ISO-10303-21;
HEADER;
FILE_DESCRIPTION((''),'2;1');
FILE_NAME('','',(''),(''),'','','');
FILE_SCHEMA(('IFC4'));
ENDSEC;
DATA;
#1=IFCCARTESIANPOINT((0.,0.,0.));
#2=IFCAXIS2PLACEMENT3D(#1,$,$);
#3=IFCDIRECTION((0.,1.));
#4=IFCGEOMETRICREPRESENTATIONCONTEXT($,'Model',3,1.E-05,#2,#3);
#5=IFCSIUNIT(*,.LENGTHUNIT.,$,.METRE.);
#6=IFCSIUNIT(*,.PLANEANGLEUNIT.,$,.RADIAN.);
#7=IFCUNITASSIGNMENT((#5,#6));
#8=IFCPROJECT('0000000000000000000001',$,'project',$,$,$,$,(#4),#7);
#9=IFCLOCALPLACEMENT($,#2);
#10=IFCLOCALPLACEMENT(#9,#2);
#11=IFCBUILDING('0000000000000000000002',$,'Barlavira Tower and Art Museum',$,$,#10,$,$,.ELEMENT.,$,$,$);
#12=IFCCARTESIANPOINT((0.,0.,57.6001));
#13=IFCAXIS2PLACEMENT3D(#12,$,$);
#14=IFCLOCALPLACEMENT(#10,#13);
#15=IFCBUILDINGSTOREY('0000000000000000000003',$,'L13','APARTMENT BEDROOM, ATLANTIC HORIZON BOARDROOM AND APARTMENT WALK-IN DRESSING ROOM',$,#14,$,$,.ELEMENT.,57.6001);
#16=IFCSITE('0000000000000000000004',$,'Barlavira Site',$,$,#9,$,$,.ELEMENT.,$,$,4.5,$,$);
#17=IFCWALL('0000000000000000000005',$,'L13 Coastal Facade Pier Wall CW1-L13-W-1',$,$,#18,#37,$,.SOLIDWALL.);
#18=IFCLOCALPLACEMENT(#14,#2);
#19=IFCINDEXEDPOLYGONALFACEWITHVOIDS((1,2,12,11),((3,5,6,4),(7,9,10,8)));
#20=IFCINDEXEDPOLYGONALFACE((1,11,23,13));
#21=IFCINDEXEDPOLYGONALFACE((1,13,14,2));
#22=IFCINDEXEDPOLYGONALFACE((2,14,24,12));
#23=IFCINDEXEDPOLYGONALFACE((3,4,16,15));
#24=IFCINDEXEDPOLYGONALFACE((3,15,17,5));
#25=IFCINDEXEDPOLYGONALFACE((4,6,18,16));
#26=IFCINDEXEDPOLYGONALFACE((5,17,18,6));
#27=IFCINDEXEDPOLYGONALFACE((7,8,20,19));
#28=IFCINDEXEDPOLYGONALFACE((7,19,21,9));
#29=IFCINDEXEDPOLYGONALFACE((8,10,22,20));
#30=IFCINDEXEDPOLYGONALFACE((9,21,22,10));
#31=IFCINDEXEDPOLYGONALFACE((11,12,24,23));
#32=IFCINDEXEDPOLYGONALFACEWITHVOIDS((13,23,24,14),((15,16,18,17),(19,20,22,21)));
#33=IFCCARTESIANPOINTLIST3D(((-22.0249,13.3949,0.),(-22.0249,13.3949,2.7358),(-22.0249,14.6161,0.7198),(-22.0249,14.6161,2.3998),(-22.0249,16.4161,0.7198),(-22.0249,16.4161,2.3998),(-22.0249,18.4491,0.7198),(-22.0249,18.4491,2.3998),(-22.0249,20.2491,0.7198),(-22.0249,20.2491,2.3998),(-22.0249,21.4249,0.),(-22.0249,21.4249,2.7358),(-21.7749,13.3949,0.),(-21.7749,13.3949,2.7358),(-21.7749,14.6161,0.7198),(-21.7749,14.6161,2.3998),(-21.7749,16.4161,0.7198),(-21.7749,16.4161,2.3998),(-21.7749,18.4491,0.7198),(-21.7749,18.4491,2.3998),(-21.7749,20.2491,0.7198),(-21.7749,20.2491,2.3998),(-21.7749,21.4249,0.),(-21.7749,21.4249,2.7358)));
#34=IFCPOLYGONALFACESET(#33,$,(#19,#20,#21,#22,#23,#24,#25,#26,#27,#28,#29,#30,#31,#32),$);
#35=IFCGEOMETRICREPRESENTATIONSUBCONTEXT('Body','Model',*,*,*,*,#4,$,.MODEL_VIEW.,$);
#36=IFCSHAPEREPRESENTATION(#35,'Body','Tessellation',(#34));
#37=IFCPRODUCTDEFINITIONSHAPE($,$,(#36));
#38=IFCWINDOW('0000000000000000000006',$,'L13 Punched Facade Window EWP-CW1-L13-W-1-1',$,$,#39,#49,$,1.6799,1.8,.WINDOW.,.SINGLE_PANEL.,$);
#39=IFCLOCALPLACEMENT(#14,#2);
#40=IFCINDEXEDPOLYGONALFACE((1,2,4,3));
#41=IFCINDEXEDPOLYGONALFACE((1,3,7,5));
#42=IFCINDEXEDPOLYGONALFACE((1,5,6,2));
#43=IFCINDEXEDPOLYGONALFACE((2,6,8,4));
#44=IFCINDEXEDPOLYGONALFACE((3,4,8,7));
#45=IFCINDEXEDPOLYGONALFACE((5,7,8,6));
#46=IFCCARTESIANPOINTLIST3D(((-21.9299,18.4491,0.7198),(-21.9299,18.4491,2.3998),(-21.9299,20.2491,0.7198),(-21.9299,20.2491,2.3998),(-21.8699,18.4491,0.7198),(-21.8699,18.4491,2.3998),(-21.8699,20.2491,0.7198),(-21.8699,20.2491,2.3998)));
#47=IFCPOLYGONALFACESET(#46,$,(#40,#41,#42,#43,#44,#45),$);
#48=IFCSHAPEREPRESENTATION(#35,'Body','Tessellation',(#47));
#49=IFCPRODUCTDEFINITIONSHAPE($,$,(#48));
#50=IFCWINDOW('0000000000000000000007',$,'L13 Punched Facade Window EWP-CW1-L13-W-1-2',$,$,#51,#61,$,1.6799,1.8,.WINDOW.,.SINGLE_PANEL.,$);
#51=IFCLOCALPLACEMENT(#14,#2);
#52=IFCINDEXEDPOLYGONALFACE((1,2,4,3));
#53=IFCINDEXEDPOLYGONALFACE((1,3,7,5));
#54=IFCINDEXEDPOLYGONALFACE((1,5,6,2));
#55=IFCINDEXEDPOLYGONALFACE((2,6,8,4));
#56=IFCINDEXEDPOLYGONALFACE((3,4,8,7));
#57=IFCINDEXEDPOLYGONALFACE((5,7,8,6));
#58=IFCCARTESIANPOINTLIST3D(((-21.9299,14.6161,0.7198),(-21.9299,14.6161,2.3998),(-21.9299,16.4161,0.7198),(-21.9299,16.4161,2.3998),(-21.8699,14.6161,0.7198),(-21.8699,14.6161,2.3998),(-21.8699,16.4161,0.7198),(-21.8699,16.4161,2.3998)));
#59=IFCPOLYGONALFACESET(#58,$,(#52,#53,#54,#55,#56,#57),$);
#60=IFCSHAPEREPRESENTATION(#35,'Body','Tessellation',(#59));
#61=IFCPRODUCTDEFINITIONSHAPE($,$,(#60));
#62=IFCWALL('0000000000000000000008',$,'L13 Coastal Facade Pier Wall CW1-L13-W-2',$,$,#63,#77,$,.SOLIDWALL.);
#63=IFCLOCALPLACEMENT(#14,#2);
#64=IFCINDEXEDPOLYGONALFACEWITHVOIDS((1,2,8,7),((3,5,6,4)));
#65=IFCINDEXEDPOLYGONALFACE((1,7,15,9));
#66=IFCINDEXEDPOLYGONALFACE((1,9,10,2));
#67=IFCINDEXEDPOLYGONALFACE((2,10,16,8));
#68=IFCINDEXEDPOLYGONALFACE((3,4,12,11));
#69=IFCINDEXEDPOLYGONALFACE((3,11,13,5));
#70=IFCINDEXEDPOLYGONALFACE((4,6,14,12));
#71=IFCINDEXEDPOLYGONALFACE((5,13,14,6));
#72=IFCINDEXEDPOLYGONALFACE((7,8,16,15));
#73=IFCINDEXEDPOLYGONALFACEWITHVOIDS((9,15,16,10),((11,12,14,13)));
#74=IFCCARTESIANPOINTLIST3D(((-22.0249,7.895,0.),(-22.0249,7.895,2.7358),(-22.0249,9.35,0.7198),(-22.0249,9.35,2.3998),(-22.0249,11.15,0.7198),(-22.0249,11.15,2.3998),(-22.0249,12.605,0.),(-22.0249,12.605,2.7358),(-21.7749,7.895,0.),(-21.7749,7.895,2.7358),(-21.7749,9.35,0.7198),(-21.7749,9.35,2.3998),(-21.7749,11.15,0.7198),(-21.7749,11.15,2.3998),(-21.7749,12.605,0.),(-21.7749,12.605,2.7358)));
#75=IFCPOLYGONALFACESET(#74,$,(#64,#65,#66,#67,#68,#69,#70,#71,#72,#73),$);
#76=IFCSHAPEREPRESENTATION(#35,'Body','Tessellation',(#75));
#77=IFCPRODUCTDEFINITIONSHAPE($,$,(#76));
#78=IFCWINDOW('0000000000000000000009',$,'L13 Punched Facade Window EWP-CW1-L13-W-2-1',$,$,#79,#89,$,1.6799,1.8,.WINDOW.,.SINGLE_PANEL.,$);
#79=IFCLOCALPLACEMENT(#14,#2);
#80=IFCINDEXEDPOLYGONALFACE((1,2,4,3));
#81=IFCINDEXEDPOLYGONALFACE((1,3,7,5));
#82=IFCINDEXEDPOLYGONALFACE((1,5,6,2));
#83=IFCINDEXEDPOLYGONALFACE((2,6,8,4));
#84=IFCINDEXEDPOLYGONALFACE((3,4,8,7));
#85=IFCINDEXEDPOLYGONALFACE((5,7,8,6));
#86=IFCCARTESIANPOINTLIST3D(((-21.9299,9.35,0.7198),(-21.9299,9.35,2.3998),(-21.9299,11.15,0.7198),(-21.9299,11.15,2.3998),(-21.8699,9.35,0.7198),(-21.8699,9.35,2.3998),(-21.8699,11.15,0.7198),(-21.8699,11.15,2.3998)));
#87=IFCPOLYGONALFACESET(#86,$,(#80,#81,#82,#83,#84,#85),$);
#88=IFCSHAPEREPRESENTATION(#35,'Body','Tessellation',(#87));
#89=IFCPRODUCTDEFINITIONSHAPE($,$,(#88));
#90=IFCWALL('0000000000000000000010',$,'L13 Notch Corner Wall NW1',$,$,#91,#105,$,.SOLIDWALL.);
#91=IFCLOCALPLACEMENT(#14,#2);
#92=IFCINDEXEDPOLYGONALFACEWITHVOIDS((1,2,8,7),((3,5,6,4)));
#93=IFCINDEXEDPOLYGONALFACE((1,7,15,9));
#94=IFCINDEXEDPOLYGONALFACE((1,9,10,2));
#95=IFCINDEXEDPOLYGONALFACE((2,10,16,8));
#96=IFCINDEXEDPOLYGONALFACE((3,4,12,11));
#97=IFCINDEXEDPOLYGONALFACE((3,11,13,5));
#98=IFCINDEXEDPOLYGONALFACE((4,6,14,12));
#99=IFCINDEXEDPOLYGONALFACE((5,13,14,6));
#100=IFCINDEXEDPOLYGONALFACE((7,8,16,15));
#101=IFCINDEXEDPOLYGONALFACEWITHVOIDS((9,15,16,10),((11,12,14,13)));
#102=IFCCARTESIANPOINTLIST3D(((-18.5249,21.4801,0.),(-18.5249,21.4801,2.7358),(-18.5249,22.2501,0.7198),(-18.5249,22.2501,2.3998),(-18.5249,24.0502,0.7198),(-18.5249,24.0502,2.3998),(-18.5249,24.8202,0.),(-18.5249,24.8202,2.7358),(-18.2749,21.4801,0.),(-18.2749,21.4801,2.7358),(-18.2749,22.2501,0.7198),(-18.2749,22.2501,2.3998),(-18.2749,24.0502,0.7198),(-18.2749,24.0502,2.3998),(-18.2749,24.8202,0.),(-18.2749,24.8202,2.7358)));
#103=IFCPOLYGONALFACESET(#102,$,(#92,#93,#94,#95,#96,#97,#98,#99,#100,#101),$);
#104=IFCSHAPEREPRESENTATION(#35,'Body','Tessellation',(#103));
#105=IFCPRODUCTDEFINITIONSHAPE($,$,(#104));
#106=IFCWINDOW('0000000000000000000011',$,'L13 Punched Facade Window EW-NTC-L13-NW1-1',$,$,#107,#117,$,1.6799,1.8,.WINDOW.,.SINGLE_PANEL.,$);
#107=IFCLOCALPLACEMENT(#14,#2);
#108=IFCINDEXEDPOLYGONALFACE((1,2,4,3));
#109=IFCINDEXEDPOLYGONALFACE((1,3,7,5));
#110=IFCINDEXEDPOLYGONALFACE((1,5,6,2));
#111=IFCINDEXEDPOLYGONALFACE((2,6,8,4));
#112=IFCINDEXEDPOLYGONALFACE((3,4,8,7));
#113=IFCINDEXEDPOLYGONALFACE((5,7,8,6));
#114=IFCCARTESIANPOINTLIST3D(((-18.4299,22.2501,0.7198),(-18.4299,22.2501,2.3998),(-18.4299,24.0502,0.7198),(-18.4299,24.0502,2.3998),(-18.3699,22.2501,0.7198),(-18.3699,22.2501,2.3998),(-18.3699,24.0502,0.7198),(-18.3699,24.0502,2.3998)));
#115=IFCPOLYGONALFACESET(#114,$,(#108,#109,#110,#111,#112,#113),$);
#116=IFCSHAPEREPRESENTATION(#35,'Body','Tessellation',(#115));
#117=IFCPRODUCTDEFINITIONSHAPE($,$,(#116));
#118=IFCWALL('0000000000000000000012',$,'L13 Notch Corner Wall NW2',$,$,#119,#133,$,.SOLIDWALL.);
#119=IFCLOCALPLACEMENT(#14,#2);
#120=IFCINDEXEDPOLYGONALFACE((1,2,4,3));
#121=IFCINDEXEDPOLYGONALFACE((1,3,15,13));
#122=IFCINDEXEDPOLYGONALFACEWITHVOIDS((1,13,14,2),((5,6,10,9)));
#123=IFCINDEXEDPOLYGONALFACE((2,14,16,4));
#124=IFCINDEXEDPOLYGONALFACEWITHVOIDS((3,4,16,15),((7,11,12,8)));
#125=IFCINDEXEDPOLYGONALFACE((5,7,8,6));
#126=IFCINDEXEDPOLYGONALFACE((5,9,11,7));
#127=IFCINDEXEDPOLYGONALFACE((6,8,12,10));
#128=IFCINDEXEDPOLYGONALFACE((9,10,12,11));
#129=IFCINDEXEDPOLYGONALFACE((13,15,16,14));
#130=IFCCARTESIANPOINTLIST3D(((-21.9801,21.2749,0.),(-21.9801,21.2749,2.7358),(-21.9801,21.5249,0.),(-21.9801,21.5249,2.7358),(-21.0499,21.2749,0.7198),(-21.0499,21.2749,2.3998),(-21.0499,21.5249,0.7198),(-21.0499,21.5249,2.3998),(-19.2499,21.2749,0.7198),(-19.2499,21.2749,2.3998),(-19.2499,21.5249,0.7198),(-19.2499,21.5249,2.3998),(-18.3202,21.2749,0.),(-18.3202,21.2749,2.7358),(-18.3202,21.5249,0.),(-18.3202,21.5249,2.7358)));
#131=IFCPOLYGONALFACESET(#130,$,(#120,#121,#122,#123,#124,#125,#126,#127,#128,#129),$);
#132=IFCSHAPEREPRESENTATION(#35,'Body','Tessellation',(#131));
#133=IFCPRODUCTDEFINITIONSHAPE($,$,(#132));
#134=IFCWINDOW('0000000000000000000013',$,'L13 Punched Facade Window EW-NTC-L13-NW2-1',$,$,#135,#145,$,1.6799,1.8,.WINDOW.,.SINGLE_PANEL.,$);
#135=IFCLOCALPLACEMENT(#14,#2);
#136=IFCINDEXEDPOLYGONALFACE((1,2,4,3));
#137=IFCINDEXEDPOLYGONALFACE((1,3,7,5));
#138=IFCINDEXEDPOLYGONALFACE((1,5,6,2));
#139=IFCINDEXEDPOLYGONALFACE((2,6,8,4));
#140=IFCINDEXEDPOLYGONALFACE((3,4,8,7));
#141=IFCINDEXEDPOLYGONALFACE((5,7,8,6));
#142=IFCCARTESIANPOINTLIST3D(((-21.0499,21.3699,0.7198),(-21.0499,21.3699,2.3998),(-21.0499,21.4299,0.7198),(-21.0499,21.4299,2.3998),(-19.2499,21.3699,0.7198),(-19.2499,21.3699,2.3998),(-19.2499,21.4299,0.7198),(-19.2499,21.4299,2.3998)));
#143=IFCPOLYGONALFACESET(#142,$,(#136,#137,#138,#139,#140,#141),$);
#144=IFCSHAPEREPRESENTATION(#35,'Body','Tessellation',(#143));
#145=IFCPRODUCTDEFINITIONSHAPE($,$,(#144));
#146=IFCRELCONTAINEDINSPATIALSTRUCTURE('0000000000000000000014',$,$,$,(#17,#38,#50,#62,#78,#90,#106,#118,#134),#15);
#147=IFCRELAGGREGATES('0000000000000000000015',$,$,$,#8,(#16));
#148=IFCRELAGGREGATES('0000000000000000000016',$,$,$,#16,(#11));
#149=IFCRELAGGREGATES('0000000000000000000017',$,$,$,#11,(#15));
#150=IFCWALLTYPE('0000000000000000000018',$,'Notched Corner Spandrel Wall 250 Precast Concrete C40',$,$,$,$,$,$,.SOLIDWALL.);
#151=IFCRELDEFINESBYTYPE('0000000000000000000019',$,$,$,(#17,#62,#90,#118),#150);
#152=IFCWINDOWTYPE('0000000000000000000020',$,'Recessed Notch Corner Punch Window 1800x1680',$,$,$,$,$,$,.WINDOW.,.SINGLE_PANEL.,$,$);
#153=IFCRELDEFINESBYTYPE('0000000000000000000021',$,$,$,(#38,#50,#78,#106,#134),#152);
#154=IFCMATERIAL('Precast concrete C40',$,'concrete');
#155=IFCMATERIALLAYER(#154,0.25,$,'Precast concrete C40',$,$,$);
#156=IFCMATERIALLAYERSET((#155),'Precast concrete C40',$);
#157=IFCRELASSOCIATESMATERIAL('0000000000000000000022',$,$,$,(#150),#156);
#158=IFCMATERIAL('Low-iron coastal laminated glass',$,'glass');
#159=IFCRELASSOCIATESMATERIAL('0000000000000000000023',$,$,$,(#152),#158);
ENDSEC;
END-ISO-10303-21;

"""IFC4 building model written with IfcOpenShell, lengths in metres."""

from ifc_helpers import new_model, si_unit, direction, frame, frame_2d, origin, place, context, subcontext, project, spatial, rectangle, extrude, material, layer, layer_set, type_object, element, fill, save


model = new_model("IFC4")

# Units and contexts
model_context = context("Model", 3, precision=1e-05, world=origin(), true_north=direction((0.0, 1.0)))
body_context = subcontext(model_context, "Body", "Model", "MODEL_VIEW")
ifc_project = project(units=[si_unit("LENGTHUNIT", "METRE"), si_unit("PLANEANGLEUNIT", "RADIAN")], contexts=[model_context])

# Site, building, storey
site_placement = place(None, origin())
site = spatial("IfcSite", under=ifc_project, at=site_placement, Name="Barlavira Site", CompositionType="ELEMENT", RefElevation=4.5)
building_placement = place(site_placement, origin())
building = spatial("IfcBuilding", under=site, at=building_placement, Name="Barlavira Tower and Art Museum", CompositionType="ELEMENT")
storey_placement = place(building_placement, frame((0.0, 0.0, 57.6001)))
storey = spatial("IfcBuildingStorey", under=building, at=storey_placement, Name="L13", Description="APARTMENT BEDROOM, ATLANTIC HORIZON BOARDROOM AND APARTMENT WALK-IN DRESSING ROOM", CompositionType="ELEMENT", Elevation=57.6001)

# Wall, openings, windows
ifc_material_1 = material(Name="Precast concrete C40", Category="concrete")
ifc_layer_1 = layer(ifc_material_1, 0.25, Name="Precast concrete C40")
ifc_layer_set_1 = layer_set([ifc_layer_1], Name="Precast concrete C40")
wall_type_1 = type_object("IfcWallType", Name="Notched Corner Spandrel Wall 250 Precast Concrete C40", PredefinedType="SOLIDWALL", material=ifc_layer_set_1)
ifc_material_2 = material(Name="Low-iron coastal laminated glass", Category="glass")
window_type_1 = type_object("IfcWindowType", Name="Recessed Notch Corner Punch Window 1800x1680", PartitioningType="SINGLE_PANEL", PredefinedType="WINDOW", material=ifc_material_2)
wall_1_placement = place(storey_placement, frame((-21.8999, 21.425, 0.0), z_axis=(0.0, 0.0, 1.0), x_axis=(0.0, -1.0, 0.0)))
wall_1 = element("IfcWall", 1, at=wall_1_placement, inside=storey, type_object=wall_type_1, Name="L13 Coastal Facade Pier Wall CW1-L13-W-1", PredefinedType="SOLIDWALL", context=body_context, shape_type="SweptSolid", body=[
    extrude(rectangle(XDim=8.03, YDim=0.25, at=frame_2d((4.0151, 0.0))), origin(), (0.0, 0.0, 1.0), 2.7358),
])
opening_1_placement = place(wall_1_placement, frame((1.176, 0.0, 0.72)))
opening_1 = element("IfcOpeningElement", 2, at=opening_1_placement, cuts=wall_1, PredefinedType="OPENING", context=body_context, shape_type="SweptSolid", body=[
    extrude(rectangle(XDim=1.8, YDim=1.6799, at=frame_2d((0.8999, 0.8398))), frame((0.0, 0.135, 0.0), z_axis=(0.0, -1.0, 0.0), x_axis=(1.0, 0.0, 0.0)), (0.0, 0.0, 1.0), 0.27),
])
opening_2_placement = place(wall_1_placement, frame((5.009, 0.0, 0.72)))
opening_2 = element("IfcOpeningElement", 3, at=opening_2_placement, cuts=wall_1, PredefinedType="OPENING", context=body_context, shape_type="SweptSolid", body=[
    extrude(rectangle(XDim=1.8, YDim=1.6799, at=frame_2d((0.8999, 0.8398))), frame((0.0, 0.135, 0.0), z_axis=(0.0, -1.0, 0.0), x_axis=(1.0, 0.0, 0.0)), (0.0, 0.0, 1.0), 0.27),
])
window_1_placement = place(opening_1_placement, origin())
window_1 = element("IfcWindow", 4, at=window_1_placement, inside=storey, type_object=window_type_1, Name="L13 Punched Facade Window EWP-CW1-L13-W-1-1", OverallHeight=1.6799, OverallWidth=1.8, PartitioningType="SINGLE_PANEL", PredefinedType="WINDOW", context=body_context, shape_type="SweptSolid", body=[
    extrude(rectangle(XDim=1.8, YDim=1.6799, at=frame_2d((0.8999, 0.8398))), frame((0.0, 0.03, 0.0), z_axis=(0.0, -1.0, 0.0), x_axis=(1.0, 0.0, 0.0)), (0.0, 0.0, 1.0), 0.0601),
])
fill(opening_1, window_1)
window_2_placement = place(opening_2_placement, origin())
window_2 = element("IfcWindow", 5, at=window_2_placement, inside=storey, type_object=window_type_1, Name="L13 Punched Facade Window EWP-CW1-L13-W-1-2", OverallHeight=1.6799, OverallWidth=1.8, PartitioningType="SINGLE_PANEL", PredefinedType="WINDOW", context=body_context, shape_type="SweptSolid", body=[
    extrude(rectangle(XDim=1.8, YDim=1.6799, at=frame_2d((0.8999, 0.8398))), frame((0.0, 0.03, 0.0), z_axis=(0.0, -1.0, 0.0), x_axis=(1.0, 0.0, 0.0)), (0.0, 0.0, 1.0), 0.0601),
])
fill(opening_2, window_2)

# Walls, openings, windows
wall_2_placement = place(storey_placement, frame((-21.8999, 12.605, 0.0), z_axis=(0.0, 0.0, 1.0), x_axis=(0.0, -1.0, 0.0)))
wall_2 = element("IfcWall", 6, at=wall_2_placement, inside=storey, type_object=wall_type_1, Name="L13 Coastal Facade Pier Wall CW1-L13-W-2", PredefinedType="SOLIDWALL", context=body_context, shape_type="SweptSolid", body=[
    extrude(rectangle(XDim=4.71, YDim=0.25, at=frame_2d((2.355, 0.0))), origin(), (0.0, 0.0, 1.0), 2.7358),
])
opening_3_placement = place(wall_2_placement, frame((1.4551, 0.0, 0.72)))
opening_3 = element("IfcOpeningElement", 7, at=opening_3_placement, cuts=wall_2, PredefinedType="OPENING", context=body_context, shape_type="SweptSolid", body=[
    extrude(rectangle(XDim=1.8, YDim=1.6799, at=frame_2d((0.8999, 0.8398))), frame((0.0, 0.135, 0.0), z_axis=(0.0, -1.0, 0.0), x_axis=(1.0, 0.0, 0.0)), (0.0, 0.0, 1.0), 0.27),
])
window_3_placement = place(opening_3_placement, origin())
window_3 = element("IfcWindow", 8, at=window_3_placement, inside=storey, type_object=window_type_1, Name="L13 Punched Facade Window EWP-CW1-L13-W-2-1", OverallHeight=1.6799, OverallWidth=1.8, PartitioningType="SINGLE_PANEL", PredefinedType="WINDOW", context=body_context, shape_type="SweptSolid", body=[
    extrude(rectangle(XDim=1.8, YDim=1.6799, at=frame_2d((0.8999, 0.8398))), frame((0.0, 0.03, 0.0), z_axis=(0.0, -1.0, 0.0), x_axis=(1.0, 0.0, 0.0)), (0.0, 0.0, 1.0), 0.0601),
])
fill(opening_3, window_3)
wall_3_placement = place(storey_placement, frame((-18.3999, 24.8201, 0.0), z_axis=(0.0, 0.0, 1.0), x_axis=(0.0, -1.0, 0.0)))
wall_3 = element("IfcWall", 9, at=wall_3_placement, inside=storey, type_object=wall_type_1, Name="L13 Notch Corner Wall NW1", PredefinedType="SOLIDWALL", context=body_context, shape_type="SweptSolid", body=[
    extrude(rectangle(XDim=3.3401, YDim=0.25, at=frame_2d((1.6699, 0.0))), origin(), (0.0, 0.0, 1.0), 2.7358),
])
opening_4_placement = place(wall_3_placement, frame((0.77, 0.0, 0.72)))
opening_4 = element("IfcOpeningElement", 10, at=opening_4_placement, cuts=wall_3, PredefinedType="OPENING", context=body_context, shape_type="SweptSolid", body=[
    extrude(rectangle(XDim=1.8, YDim=1.6799, at=frame_2d((0.8999, 0.8398))), frame((0.0, 0.135, 0.0), z_axis=(0.0, -1.0, 0.0), x_axis=(1.0, 0.0, 0.0)), (0.0, 0.0, 1.0), 0.27),
])
window_4_placement = place(opening_4_placement, origin())
window_4 = element("IfcWindow", 11, at=window_4_placement, inside=storey, type_object=window_type_1, Name="L13 Punched Facade Window EW-NTC-L13-NW1-1", OverallHeight=1.6799, OverallWidth=1.8, PartitioningType="SINGLE_PANEL", PredefinedType="WINDOW", context=body_context, shape_type="SweptSolid", body=[
    extrude(rectangle(XDim=1.8, YDim=1.6799, at=frame_2d((0.8999, 0.8398))), frame((0.0, 0.03, 0.0), z_axis=(0.0, -1.0, 0.0), x_axis=(1.0, 0.0, 0.0)), (0.0, 0.0, 1.0), 0.0601),
])
fill(opening_4, window_4)
wall_4_placement = place(storey_placement, frame((-18.3201, 21.3999, 0.0), z_axis=(0.0, 0.0, 1.0), x_axis=(-1.0, 0.0, 0.0)))
wall_4 = element("IfcWall", 12, at=wall_4_placement, inside=storey, type_object=wall_type_1, Name="L13 Notch Corner Wall NW2", PredefinedType="SOLIDWALL", context=body_context, shape_type="SweptSolid", body=[
    extrude(rectangle(XDim=3.6599, YDim=0.25, at=frame_2d((1.8301, 0.0))), origin(), (0.0, 0.0, 1.0), 2.7358),
])
opening_5_placement = place(wall_4_placement, frame((0.9299, 0.0, 0.72)))
opening_5 = element("IfcOpeningElement", 13, at=opening_5_placement, cuts=wall_4, PredefinedType="OPENING", context=body_context, shape_type="SweptSolid", body=[
    extrude(rectangle(XDim=1.8, YDim=1.6799, at=frame_2d((0.8999, 0.8398))), frame((0.0, 0.135, 0.0), z_axis=(0.0, -1.0, 0.0), x_axis=(1.0, 0.0, 0.0)), (0.0, 0.0, 1.0), 0.27),
])
window_5_placement = place(opening_5_placement, origin())
window_5 = element("IfcWindow", 14, at=window_5_placement, inside=storey, type_object=window_type_1, Name="L13 Punched Facade Window EW-NTC-L13-NW2-1", OverallHeight=1.6799, OverallWidth=1.8, PartitioningType="SINGLE_PANEL", PredefinedType="WINDOW", context=body_context, shape_type="SweptSolid", body=[
    extrude(rectangle(XDim=1.8, YDim=1.6799, at=frame_2d((0.8999, 0.8398))), frame((0.0, 0.03, 0.0), z_axis=(0.0, -1.0, 0.0), x_axis=(1.0, 0.0, 0.0)), (0.0, 0.0, 1.0), 0.0601),
])
fill(opening_5, window_5)

save(model, "model.ifc")
